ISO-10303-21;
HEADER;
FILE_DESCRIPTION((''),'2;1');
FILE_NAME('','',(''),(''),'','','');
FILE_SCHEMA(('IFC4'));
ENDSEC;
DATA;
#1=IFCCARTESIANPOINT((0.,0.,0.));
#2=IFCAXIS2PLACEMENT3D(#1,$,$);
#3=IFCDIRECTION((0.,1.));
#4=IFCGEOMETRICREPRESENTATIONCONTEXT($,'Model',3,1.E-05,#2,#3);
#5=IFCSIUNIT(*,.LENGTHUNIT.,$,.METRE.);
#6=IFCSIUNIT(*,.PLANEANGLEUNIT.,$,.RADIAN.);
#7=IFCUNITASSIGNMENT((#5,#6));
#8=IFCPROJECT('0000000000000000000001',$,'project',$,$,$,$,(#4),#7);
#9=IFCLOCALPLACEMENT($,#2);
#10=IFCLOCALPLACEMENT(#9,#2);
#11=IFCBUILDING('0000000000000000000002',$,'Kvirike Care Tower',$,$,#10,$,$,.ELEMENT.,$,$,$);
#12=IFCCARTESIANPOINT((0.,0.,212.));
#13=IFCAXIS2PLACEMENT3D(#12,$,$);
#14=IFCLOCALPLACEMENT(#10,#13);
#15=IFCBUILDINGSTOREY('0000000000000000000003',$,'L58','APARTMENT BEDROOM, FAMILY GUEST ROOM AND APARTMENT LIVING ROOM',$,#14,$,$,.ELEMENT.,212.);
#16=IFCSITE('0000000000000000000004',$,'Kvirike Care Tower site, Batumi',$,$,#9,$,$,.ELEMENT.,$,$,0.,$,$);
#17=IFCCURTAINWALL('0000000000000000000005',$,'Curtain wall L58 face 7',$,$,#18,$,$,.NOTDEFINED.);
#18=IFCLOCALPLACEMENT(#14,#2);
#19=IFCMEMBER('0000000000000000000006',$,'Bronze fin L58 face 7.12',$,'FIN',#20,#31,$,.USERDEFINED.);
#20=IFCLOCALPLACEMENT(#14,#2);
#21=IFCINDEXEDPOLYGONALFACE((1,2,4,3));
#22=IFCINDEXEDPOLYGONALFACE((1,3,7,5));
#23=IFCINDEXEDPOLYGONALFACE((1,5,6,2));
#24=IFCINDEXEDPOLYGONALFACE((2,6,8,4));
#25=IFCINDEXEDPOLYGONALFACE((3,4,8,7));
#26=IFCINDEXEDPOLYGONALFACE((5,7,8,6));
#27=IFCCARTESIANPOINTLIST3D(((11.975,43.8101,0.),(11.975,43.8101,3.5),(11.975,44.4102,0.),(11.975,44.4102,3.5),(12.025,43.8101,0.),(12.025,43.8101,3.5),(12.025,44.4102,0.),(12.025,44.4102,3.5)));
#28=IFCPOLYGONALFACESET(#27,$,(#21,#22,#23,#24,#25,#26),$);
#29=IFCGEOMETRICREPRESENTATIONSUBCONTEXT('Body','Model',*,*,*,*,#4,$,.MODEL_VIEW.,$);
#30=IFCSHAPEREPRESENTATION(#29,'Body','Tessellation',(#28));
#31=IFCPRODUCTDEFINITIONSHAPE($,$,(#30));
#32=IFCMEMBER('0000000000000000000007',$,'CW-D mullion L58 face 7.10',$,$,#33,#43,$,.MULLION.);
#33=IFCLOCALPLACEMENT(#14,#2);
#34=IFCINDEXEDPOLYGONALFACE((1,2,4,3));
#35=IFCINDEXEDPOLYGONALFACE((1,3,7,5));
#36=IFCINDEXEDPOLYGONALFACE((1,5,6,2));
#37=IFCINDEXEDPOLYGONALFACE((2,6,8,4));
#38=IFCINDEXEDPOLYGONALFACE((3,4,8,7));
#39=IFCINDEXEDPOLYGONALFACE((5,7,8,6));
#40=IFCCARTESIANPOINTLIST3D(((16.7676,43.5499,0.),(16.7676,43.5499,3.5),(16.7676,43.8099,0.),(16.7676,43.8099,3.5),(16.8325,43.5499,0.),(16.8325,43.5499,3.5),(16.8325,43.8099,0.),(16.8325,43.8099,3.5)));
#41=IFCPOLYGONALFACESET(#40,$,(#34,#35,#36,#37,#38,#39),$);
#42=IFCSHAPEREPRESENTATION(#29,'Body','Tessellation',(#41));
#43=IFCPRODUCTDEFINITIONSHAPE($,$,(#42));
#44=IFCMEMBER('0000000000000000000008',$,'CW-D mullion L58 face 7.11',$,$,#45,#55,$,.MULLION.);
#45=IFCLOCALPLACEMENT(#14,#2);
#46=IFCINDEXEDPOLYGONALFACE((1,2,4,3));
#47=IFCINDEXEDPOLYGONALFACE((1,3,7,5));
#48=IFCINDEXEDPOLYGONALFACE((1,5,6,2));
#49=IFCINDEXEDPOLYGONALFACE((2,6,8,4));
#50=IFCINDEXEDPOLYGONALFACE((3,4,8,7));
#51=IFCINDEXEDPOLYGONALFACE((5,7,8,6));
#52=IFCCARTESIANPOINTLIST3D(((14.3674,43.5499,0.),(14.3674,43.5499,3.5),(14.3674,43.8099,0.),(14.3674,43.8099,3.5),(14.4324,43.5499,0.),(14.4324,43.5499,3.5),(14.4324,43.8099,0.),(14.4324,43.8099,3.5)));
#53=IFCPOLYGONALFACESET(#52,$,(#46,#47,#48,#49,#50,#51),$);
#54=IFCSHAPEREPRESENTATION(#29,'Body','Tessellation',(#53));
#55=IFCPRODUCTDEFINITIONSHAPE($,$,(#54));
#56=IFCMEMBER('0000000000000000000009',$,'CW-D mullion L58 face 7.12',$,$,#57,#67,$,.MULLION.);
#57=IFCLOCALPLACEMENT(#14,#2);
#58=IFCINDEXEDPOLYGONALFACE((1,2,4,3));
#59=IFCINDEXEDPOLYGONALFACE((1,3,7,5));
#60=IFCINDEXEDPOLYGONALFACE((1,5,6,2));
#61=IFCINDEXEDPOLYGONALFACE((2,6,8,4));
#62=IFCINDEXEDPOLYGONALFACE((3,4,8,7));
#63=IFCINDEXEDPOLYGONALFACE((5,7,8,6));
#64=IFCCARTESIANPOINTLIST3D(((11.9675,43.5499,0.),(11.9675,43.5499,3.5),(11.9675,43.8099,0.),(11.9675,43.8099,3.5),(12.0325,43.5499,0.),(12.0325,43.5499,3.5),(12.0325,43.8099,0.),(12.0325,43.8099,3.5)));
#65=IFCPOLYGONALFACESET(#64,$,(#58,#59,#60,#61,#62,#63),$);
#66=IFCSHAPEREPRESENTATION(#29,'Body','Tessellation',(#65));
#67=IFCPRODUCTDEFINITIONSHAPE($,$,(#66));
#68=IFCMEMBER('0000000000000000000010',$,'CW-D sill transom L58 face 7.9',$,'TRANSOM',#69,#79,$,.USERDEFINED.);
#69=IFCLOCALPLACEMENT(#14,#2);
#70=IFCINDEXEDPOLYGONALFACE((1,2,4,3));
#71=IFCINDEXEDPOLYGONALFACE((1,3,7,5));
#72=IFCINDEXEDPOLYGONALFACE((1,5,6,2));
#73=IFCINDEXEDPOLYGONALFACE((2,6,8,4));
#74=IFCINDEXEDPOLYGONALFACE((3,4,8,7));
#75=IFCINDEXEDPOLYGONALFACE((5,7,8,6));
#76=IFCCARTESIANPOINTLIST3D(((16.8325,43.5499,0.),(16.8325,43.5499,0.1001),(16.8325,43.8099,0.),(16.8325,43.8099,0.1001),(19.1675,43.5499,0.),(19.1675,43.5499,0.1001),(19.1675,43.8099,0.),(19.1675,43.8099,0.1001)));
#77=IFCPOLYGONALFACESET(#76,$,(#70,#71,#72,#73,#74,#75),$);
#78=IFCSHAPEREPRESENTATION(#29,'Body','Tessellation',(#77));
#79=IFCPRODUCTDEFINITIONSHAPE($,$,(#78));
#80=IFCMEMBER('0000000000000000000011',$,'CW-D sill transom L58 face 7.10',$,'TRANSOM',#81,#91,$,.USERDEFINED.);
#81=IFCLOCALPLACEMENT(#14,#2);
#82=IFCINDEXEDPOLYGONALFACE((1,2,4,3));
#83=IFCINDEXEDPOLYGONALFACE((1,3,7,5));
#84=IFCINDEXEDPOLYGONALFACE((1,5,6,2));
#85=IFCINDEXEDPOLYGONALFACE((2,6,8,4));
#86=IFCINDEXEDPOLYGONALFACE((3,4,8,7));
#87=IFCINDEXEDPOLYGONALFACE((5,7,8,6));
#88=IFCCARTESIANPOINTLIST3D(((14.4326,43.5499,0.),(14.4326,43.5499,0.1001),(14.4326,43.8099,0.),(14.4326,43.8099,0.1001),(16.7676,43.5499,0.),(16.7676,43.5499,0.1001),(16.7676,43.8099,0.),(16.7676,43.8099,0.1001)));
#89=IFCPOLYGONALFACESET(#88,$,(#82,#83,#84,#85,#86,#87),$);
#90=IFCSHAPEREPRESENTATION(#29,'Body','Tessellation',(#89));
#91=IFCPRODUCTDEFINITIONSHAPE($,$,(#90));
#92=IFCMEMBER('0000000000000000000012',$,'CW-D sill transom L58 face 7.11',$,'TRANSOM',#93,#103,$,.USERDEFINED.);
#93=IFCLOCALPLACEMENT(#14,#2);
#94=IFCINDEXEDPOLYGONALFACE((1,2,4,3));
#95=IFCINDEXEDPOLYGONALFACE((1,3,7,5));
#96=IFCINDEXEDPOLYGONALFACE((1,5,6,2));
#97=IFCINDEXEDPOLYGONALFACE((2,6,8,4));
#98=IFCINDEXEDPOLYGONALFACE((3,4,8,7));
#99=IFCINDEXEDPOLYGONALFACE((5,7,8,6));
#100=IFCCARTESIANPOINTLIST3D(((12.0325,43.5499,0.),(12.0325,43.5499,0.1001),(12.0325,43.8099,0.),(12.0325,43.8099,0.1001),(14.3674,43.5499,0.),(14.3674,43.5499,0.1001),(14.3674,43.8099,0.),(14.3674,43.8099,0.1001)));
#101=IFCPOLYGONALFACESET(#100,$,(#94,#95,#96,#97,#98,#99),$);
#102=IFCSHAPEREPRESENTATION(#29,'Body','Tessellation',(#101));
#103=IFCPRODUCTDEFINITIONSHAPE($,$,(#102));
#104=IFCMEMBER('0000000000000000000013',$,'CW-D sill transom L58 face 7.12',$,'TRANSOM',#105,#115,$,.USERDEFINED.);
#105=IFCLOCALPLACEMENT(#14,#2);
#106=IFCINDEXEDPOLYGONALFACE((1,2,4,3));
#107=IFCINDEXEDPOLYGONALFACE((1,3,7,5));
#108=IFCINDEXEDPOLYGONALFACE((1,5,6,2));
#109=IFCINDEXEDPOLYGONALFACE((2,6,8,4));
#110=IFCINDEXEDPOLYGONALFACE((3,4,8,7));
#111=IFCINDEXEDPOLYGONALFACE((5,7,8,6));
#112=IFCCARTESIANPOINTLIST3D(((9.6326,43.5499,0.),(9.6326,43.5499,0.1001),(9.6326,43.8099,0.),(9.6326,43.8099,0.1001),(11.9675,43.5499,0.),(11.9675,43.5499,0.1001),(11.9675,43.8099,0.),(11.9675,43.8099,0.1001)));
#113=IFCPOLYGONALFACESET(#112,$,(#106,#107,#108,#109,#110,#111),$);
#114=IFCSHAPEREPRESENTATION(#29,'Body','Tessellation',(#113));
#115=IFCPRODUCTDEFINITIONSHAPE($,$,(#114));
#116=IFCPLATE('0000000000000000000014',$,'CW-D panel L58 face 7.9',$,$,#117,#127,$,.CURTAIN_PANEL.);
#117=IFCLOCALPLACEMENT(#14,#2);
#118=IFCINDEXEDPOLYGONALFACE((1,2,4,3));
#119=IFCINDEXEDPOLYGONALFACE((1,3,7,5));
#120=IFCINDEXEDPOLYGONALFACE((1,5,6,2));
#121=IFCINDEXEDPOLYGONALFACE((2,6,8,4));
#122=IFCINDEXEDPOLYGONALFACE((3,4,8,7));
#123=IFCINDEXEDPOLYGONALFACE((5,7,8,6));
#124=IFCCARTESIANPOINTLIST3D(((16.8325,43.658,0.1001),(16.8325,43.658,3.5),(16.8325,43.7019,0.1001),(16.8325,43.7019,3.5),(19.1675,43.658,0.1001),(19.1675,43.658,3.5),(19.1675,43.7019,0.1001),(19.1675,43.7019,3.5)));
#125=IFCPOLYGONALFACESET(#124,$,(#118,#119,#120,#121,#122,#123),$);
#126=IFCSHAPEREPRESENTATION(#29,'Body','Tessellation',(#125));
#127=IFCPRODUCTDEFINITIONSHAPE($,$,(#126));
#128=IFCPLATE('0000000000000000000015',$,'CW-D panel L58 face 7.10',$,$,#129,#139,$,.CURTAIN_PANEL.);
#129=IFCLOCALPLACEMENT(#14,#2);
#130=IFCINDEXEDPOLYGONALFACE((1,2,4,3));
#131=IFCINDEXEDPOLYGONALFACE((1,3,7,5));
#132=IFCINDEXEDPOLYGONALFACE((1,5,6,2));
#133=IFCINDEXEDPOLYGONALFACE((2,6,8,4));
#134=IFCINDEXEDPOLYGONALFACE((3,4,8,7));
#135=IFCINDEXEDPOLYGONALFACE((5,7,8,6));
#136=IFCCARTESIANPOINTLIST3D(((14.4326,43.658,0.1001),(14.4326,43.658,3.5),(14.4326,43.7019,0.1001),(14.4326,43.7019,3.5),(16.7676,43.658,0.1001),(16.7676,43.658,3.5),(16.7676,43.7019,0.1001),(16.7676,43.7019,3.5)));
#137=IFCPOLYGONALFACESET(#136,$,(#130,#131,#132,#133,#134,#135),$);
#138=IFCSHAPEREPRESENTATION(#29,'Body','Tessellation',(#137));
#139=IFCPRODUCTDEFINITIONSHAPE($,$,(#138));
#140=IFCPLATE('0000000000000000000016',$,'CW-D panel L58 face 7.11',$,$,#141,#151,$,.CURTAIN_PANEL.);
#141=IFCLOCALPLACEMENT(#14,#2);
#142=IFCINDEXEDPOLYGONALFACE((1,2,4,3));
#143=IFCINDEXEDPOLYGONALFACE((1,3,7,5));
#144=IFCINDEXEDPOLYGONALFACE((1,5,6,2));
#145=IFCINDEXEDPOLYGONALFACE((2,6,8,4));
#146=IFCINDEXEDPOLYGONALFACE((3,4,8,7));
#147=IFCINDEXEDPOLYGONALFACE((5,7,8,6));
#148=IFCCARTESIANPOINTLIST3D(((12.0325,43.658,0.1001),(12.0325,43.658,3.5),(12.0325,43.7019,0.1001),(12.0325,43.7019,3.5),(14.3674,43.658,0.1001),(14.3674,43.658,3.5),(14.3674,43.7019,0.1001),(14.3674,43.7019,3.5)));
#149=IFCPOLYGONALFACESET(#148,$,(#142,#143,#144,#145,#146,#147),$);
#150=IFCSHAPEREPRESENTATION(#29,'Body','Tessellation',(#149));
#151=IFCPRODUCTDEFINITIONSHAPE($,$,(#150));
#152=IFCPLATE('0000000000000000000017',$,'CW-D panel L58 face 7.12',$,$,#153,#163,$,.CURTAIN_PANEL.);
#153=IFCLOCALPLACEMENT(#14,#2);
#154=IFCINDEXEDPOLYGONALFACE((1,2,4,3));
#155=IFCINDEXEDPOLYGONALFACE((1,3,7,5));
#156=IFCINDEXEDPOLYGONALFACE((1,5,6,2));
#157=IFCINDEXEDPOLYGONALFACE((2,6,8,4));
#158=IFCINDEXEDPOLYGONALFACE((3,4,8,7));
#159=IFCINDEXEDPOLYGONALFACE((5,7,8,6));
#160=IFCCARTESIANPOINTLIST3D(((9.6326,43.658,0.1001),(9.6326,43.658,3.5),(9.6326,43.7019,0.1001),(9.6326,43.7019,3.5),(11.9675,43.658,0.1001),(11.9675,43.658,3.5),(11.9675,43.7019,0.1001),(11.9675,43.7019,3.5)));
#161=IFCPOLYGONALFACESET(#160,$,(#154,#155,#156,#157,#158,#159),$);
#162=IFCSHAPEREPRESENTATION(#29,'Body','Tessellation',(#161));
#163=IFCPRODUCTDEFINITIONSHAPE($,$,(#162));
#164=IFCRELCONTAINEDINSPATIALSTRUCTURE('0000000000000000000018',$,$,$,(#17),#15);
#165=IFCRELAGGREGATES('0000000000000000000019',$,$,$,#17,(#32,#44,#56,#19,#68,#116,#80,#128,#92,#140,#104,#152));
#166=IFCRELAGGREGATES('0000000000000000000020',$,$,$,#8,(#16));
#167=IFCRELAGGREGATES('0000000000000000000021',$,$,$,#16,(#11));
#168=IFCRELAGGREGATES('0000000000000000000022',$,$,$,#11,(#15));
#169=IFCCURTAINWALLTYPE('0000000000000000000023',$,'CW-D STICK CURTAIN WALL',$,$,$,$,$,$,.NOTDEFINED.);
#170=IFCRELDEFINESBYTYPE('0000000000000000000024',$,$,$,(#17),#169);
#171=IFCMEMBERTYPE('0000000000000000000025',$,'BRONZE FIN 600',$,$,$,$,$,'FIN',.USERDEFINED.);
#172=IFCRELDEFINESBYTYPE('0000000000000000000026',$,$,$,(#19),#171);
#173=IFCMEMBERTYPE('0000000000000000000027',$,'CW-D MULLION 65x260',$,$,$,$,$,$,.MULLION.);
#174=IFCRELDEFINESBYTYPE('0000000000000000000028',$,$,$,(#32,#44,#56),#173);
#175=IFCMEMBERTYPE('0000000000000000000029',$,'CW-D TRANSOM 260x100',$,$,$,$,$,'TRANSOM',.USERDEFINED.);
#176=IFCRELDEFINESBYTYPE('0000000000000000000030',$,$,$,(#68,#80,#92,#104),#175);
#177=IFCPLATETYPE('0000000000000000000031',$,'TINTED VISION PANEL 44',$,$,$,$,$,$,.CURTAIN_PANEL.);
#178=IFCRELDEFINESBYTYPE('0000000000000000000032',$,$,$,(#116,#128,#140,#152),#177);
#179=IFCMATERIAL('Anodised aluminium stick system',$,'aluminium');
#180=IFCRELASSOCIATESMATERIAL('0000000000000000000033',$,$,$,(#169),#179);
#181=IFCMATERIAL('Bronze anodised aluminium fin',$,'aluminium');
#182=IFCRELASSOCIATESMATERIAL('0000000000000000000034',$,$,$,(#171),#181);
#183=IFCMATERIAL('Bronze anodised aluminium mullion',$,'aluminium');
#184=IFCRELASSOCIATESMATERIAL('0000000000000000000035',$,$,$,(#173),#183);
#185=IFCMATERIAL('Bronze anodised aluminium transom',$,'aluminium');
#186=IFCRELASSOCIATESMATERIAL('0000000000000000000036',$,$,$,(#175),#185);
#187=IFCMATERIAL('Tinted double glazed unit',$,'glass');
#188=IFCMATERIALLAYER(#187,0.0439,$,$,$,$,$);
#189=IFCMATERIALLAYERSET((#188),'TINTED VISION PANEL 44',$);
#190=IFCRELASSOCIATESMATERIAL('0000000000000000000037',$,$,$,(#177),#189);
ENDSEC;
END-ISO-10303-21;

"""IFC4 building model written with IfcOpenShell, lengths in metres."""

from ifc_helpers import new_model, si_unit, direction, frame, origin, origin_2d, place, context, subcontext, project, spatial, rectangle, extrude, material, layer, layer_set, material_profile, profile_set, type_object, element, aggregate, save


model = new_model("IFC4")

# Units and contexts
model_context = context("Model", 3, precision=1e-05, world=origin(), true_north=direction((0.0, 1.0)))
body_context = subcontext(model_context, "Body", "Model", "MODEL_VIEW")
ifc_project = project(units=[si_unit("LENGTHUNIT", "METRE"), si_unit("PLANEANGLEUNIT", "RADIAN")], contexts=[model_context])

# Site, building, storey
site_placement = place(None, origin())
site = spatial("IfcSite", under=ifc_project, at=site_placement, Name="Kvirike Care Tower site, Batumi", CompositionType="ELEMENT", RefElevation=0.0)
building_placement = place(site_placement, origin())
building = spatial("IfcBuilding", under=site, at=building_placement, Name="Kvirike Care Tower", CompositionType="ELEMENT")
storey_placement = place(building_placement, frame((0.0, 0.0, 212.0)))
storey = spatial("IfcBuildingStorey", under=building, at=storey_placement, Name="L58", Description="APARTMENT BEDROOM, FAMILY GUEST ROOM AND APARTMENT LIVING ROOM", CompositionType="ELEMENT", Elevation=212.0)

# Curtain wall, members, plates
ifc_material_1 = material(Name="Anodised aluminium stick system", Category="aluminium")
curtain_wall_type = type_object("IfcCurtainWallType", Name="CW-D STICK CURTAIN WALL", PredefinedType="NOTDEFINED", material=ifc_material_1)
curtain_wall_placement = place(storey_placement, origin())
curtain_wall = element("IfcCurtainWall", 1, at=curtain_wall_placement, inside=storey, type_object=curtain_wall_type, Name="Curtain wall L58 face 7", PredefinedType="NOTDEFINED")
ifc_material_2 = material(Name="Bronze anodised aluminium fin", Category="aluminium")
ifc_material_profile_1 = material_profile(ifc_material_2, rectangle(XDim=0.05, YDim=0.6001, at=origin_2d()), Name="BRONZE FIN 600")
ifc_profile_set_1 = profile_set([ifc_material_profile_1], Name="Bronze anodised aluminium fin")
member_type_1 = type_object("IfcMemberType", Name="BRONZE FIN 600", ElementType="FIN", PredefinedType="USERDEFINED", material=ifc_profile_set_1)
member_1_placement = place(storey_placement, frame((12.0, 44.1101, 0.0), z_axis=(0.0, 0.0, 1.0), x_axis=(-1.0, 0.0, 0.0)))
member_1 = element("IfcMember", 2, at=member_1_placement, type_object=member_type_1, Name="Bronze fin L58 face 7.12", ObjectType="FIN", PredefinedType="USERDEFINED", context=body_context, shape_type="SweptSolid", body=[
    extrude(rectangle(XDim=0.05, YDim=0.6001, at=origin_2d()), origin(), (0.0, 0.0, 1.0), 3.5),
])
ifc_material_3 = material(Name="Bronze anodised aluminium mullion", Category="aluminium")
ifc_material_profile_2 = material_profile(ifc_material_3, rectangle(XDim=0.0649, YDim=0.26, at=origin_2d()), Name="CW-D MULLION 65x260")
ifc_profile_set_2 = profile_set([ifc_material_profile_2], Name="Bronze anodised aluminium mullion")
member_type_2 = type_object("IfcMemberType", Name="CW-D MULLION 65x260", PredefinedType="MULLION", material=ifc_profile_set_2)
member_2_placement = place(storey_placement, frame((16.8, 43.6799, 0.0), z_axis=(0.0, 0.0, 1.0), x_axis=(-1.0, 0.0, 0.0)))
member_2 = element("IfcMember", 3, at=member_2_placement, type_object=member_type_2, Name="CW-D mullion L58 face 7.10", PredefinedType="MULLION", context=body_context, shape_type="SweptSolid", body=[
    extrude(rectangle(XDim=0.0649, YDim=0.26, at=origin_2d()), origin(), (0.0, 0.0, 1.0), 3.5),
])
member_3_placement = place(storey_placement, frame((14.3999, 43.6799, 0.0), z_axis=(0.0, 0.0, 1.0), x_axis=(-1.0, 0.0, 0.0)))
member_3 = element("IfcMember", 4, at=member_3_placement, type_object=member_type_2, Name="CW-D mullion L58 face 7.11", PredefinedType="MULLION", context=body_context, shape_type="SweptSolid", body=[
    extrude(rectangle(XDim=0.0649, YDim=0.26, at=origin_2d()), origin(), (0.0, 0.0, 1.0), 3.5),
])
member_4_placement = place(storey_placement, frame((12.0, 43.6799, 0.0), z_axis=(0.0, 0.0, 1.0), x_axis=(-1.0, 0.0, 0.0)))
member_4 = element("IfcMember", 5, at=member_4_placement, type_object=member_type_2, Name="CW-D mullion L58 face 7.12", PredefinedType="MULLION", context=body_context, shape_type="SweptSolid", body=[
    extrude(rectangle(XDim=0.0649, YDim=0.26, at=origin_2d()), origin(), (0.0, 0.0, 1.0), 3.5),
])
ifc_material_4 = material(Name="Bronze anodised aluminium transom", Category="aluminium")
ifc_material_profile_3 = material_profile(ifc_material_4, rectangle(XDim=0.26, YDim=0.1001, at=origin_2d()), Name="CW-D TRANSOM 260x100")
ifc_profile_set_3 = profile_set([ifc_material_profile_3], Name="Bronze anodised aluminium transom")
member_type_3 = type_object("IfcMemberType", Name="CW-D TRANSOM 260x100", ElementType="TRANSOM", PredefinedType="USERDEFINED", material=ifc_profile_set_3)
member_5_placement = place(storey_placement, frame((19.1675, 43.6799, 0.05), z_axis=(-1.0, 0.0, 0.0), x_axis=(0.0, -1.0, 0.0)))
member_5 = element("IfcMember", 6, at=member_5_placement, type_object=member_type_3, Name="CW-D sill transom L58 face 7.9", ObjectType="TRANSOM", PredefinedType="USERDEFINED", context=body_context, shape_type="SweptSolid", body=[
    extrude(rectangle(XDim=0.26, YDim=0.1001, at=origin_2d()), origin(), (0.0, 0.0, 1.0), 2.335),
])
member_6_placement = place(storey_placement, frame((16.7676, 43.6799, 0.05), z_axis=(-1.0, 0.0, 0.0), x_axis=(0.0, -1.0, 0.0)))
member_6 = element("IfcMember", 7, at=member_6_placement, type_object=member_type_3, Name="CW-D sill transom L58 face 7.10", ObjectType="TRANSOM", PredefinedType="USERDEFINED", context=body_context, shape_type="SweptSolid", body=[
    extrude(rectangle(XDim=0.26, YDim=0.1001, at=origin_2d()), origin(), (0.0, 0.0, 1.0), 2.335),
])
member_7_placement = place(storey_placement, frame((14.3674, 43.6799, 0.05), z_axis=(-1.0, 0.0, 0.0), x_axis=(0.0, -1.0, 0.0)))
member_7 = element("IfcMember", 8, at=member_7_placement, type_object=member_type_3, Name="CW-D sill transom L58 face 7.11", ObjectType="TRANSOM", PredefinedType="USERDEFINED", context=body_context, shape_type="SweptSolid", body=[
    extrude(rectangle(XDim=0.26, YDim=0.1001, at=origin_2d()), origin(), (0.0, 0.0, 1.0), 2.335),
])
member_8_placement = place(storey_placement, frame((11.9675, 43.6799, 0.05), z_axis=(-1.0, 0.0, 0.0), x_axis=(0.0, -1.0, 0.0)))
member_8 = element("IfcMember", 9, at=member_8_placement, type_object=member_type_3, Name="CW-D sill transom L58 face 7.12", ObjectType="TRANSOM", PredefinedType="USERDEFINED", context=body_context, shape_type="SweptSolid", body=[
    extrude(rectangle(XDim=0.26, YDim=0.1001, at=origin_2d()), origin(), (0.0, 0.0, 1.0), 2.335),
])
ifc_material_5 = material(Name="Tinted double glazed unit", Category="glass")
ifc_layer_1 = layer(ifc_material_5, 0.0439)
ifc_layer_set_1 = layer_set([ifc_layer_1], Name="TINTED VISION PANEL 44")
plate_type = type_object("IfcPlateType", Name="TINTED VISION PANEL 44", PredefinedType="CURTAIN_PANEL", material=ifc_layer_set_1)
plate_1_placement = place(storey_placement, frame((18.0, 43.6799, 0.1001), z_axis=(0.0, 0.0, 1.0), x_axis=(-1.0, 0.0, 0.0)))
plate_1 = element("IfcPlate", 10, at=plate_1_placement, type_object=plate_type, Name="CW-D panel L58 face 7.9", PredefinedType="CURTAIN_PANEL", context=body_context, shape_type="SweptSolid", body=[
    extrude(rectangle(XDim=2.335, YDim=0.0439, at=origin_2d()), origin(), (0.0, 0.0, 1.0), 3.3999),
])
plate_2_placement = place(storey_placement, frame((15.6001, 43.6799, 0.1001), z_axis=(0.0, 0.0, 1.0), x_axis=(-1.0, 0.0, 0.0)))
plate_2 = element("IfcPlate", 11, at=plate_2_placement, type_object=plate_type, Name="CW-D panel L58 face 7.10", PredefinedType="CURTAIN_PANEL", context=body_context, shape_type="SweptSolid", body=[
    extrude(rectangle(XDim=2.335, YDim=0.0439, at=origin_2d()), origin(), (0.0, 0.0, 1.0), 3.3999),
])
plate_3_placement = place(storey_placement, frame((13.2, 43.6799, 0.1001), z_axis=(0.0, 0.0, 1.0), x_axis=(-1.0, 0.0, 0.0)))
plate_3 = element("IfcPlate", 12, at=plate_3_placement, type_object=plate_type, Name="CW-D panel L58 face 7.11", PredefinedType="CURTAIN_PANEL", context=body_context, shape_type="SweptSolid", body=[
    extrude(rectangle(XDim=2.335, YDim=0.0439, at=origin_2d()), origin(), (0.0, 0.0, 1.0), 3.3999),
])
plate_4_placement = place(storey_placement, frame((10.8, 43.6799, 0.1001), z_axis=(0.0, 0.0, 1.0), x_axis=(-1.0, 0.0, 0.0)))
plate_4 = element("IfcPlate", 13, at=plate_4_placement, type_object=plate_type, Name="CW-D panel L58 face 7.12", PredefinedType="CURTAIN_PANEL", context=body_context, shape_type="SweptSolid", body=[
    extrude(rectangle(XDim=2.335, YDim=0.0439, at=origin_2d()), origin(), (0.0, 0.0, 1.0), 3.3999),
])
aggregate(curtain_wall, [member_2, member_3, member_4, member_1, member_5, plate_1, member_6, plate_2, member_7, plate_3, member_8, plate_4])

save(model, "model.ifc")
